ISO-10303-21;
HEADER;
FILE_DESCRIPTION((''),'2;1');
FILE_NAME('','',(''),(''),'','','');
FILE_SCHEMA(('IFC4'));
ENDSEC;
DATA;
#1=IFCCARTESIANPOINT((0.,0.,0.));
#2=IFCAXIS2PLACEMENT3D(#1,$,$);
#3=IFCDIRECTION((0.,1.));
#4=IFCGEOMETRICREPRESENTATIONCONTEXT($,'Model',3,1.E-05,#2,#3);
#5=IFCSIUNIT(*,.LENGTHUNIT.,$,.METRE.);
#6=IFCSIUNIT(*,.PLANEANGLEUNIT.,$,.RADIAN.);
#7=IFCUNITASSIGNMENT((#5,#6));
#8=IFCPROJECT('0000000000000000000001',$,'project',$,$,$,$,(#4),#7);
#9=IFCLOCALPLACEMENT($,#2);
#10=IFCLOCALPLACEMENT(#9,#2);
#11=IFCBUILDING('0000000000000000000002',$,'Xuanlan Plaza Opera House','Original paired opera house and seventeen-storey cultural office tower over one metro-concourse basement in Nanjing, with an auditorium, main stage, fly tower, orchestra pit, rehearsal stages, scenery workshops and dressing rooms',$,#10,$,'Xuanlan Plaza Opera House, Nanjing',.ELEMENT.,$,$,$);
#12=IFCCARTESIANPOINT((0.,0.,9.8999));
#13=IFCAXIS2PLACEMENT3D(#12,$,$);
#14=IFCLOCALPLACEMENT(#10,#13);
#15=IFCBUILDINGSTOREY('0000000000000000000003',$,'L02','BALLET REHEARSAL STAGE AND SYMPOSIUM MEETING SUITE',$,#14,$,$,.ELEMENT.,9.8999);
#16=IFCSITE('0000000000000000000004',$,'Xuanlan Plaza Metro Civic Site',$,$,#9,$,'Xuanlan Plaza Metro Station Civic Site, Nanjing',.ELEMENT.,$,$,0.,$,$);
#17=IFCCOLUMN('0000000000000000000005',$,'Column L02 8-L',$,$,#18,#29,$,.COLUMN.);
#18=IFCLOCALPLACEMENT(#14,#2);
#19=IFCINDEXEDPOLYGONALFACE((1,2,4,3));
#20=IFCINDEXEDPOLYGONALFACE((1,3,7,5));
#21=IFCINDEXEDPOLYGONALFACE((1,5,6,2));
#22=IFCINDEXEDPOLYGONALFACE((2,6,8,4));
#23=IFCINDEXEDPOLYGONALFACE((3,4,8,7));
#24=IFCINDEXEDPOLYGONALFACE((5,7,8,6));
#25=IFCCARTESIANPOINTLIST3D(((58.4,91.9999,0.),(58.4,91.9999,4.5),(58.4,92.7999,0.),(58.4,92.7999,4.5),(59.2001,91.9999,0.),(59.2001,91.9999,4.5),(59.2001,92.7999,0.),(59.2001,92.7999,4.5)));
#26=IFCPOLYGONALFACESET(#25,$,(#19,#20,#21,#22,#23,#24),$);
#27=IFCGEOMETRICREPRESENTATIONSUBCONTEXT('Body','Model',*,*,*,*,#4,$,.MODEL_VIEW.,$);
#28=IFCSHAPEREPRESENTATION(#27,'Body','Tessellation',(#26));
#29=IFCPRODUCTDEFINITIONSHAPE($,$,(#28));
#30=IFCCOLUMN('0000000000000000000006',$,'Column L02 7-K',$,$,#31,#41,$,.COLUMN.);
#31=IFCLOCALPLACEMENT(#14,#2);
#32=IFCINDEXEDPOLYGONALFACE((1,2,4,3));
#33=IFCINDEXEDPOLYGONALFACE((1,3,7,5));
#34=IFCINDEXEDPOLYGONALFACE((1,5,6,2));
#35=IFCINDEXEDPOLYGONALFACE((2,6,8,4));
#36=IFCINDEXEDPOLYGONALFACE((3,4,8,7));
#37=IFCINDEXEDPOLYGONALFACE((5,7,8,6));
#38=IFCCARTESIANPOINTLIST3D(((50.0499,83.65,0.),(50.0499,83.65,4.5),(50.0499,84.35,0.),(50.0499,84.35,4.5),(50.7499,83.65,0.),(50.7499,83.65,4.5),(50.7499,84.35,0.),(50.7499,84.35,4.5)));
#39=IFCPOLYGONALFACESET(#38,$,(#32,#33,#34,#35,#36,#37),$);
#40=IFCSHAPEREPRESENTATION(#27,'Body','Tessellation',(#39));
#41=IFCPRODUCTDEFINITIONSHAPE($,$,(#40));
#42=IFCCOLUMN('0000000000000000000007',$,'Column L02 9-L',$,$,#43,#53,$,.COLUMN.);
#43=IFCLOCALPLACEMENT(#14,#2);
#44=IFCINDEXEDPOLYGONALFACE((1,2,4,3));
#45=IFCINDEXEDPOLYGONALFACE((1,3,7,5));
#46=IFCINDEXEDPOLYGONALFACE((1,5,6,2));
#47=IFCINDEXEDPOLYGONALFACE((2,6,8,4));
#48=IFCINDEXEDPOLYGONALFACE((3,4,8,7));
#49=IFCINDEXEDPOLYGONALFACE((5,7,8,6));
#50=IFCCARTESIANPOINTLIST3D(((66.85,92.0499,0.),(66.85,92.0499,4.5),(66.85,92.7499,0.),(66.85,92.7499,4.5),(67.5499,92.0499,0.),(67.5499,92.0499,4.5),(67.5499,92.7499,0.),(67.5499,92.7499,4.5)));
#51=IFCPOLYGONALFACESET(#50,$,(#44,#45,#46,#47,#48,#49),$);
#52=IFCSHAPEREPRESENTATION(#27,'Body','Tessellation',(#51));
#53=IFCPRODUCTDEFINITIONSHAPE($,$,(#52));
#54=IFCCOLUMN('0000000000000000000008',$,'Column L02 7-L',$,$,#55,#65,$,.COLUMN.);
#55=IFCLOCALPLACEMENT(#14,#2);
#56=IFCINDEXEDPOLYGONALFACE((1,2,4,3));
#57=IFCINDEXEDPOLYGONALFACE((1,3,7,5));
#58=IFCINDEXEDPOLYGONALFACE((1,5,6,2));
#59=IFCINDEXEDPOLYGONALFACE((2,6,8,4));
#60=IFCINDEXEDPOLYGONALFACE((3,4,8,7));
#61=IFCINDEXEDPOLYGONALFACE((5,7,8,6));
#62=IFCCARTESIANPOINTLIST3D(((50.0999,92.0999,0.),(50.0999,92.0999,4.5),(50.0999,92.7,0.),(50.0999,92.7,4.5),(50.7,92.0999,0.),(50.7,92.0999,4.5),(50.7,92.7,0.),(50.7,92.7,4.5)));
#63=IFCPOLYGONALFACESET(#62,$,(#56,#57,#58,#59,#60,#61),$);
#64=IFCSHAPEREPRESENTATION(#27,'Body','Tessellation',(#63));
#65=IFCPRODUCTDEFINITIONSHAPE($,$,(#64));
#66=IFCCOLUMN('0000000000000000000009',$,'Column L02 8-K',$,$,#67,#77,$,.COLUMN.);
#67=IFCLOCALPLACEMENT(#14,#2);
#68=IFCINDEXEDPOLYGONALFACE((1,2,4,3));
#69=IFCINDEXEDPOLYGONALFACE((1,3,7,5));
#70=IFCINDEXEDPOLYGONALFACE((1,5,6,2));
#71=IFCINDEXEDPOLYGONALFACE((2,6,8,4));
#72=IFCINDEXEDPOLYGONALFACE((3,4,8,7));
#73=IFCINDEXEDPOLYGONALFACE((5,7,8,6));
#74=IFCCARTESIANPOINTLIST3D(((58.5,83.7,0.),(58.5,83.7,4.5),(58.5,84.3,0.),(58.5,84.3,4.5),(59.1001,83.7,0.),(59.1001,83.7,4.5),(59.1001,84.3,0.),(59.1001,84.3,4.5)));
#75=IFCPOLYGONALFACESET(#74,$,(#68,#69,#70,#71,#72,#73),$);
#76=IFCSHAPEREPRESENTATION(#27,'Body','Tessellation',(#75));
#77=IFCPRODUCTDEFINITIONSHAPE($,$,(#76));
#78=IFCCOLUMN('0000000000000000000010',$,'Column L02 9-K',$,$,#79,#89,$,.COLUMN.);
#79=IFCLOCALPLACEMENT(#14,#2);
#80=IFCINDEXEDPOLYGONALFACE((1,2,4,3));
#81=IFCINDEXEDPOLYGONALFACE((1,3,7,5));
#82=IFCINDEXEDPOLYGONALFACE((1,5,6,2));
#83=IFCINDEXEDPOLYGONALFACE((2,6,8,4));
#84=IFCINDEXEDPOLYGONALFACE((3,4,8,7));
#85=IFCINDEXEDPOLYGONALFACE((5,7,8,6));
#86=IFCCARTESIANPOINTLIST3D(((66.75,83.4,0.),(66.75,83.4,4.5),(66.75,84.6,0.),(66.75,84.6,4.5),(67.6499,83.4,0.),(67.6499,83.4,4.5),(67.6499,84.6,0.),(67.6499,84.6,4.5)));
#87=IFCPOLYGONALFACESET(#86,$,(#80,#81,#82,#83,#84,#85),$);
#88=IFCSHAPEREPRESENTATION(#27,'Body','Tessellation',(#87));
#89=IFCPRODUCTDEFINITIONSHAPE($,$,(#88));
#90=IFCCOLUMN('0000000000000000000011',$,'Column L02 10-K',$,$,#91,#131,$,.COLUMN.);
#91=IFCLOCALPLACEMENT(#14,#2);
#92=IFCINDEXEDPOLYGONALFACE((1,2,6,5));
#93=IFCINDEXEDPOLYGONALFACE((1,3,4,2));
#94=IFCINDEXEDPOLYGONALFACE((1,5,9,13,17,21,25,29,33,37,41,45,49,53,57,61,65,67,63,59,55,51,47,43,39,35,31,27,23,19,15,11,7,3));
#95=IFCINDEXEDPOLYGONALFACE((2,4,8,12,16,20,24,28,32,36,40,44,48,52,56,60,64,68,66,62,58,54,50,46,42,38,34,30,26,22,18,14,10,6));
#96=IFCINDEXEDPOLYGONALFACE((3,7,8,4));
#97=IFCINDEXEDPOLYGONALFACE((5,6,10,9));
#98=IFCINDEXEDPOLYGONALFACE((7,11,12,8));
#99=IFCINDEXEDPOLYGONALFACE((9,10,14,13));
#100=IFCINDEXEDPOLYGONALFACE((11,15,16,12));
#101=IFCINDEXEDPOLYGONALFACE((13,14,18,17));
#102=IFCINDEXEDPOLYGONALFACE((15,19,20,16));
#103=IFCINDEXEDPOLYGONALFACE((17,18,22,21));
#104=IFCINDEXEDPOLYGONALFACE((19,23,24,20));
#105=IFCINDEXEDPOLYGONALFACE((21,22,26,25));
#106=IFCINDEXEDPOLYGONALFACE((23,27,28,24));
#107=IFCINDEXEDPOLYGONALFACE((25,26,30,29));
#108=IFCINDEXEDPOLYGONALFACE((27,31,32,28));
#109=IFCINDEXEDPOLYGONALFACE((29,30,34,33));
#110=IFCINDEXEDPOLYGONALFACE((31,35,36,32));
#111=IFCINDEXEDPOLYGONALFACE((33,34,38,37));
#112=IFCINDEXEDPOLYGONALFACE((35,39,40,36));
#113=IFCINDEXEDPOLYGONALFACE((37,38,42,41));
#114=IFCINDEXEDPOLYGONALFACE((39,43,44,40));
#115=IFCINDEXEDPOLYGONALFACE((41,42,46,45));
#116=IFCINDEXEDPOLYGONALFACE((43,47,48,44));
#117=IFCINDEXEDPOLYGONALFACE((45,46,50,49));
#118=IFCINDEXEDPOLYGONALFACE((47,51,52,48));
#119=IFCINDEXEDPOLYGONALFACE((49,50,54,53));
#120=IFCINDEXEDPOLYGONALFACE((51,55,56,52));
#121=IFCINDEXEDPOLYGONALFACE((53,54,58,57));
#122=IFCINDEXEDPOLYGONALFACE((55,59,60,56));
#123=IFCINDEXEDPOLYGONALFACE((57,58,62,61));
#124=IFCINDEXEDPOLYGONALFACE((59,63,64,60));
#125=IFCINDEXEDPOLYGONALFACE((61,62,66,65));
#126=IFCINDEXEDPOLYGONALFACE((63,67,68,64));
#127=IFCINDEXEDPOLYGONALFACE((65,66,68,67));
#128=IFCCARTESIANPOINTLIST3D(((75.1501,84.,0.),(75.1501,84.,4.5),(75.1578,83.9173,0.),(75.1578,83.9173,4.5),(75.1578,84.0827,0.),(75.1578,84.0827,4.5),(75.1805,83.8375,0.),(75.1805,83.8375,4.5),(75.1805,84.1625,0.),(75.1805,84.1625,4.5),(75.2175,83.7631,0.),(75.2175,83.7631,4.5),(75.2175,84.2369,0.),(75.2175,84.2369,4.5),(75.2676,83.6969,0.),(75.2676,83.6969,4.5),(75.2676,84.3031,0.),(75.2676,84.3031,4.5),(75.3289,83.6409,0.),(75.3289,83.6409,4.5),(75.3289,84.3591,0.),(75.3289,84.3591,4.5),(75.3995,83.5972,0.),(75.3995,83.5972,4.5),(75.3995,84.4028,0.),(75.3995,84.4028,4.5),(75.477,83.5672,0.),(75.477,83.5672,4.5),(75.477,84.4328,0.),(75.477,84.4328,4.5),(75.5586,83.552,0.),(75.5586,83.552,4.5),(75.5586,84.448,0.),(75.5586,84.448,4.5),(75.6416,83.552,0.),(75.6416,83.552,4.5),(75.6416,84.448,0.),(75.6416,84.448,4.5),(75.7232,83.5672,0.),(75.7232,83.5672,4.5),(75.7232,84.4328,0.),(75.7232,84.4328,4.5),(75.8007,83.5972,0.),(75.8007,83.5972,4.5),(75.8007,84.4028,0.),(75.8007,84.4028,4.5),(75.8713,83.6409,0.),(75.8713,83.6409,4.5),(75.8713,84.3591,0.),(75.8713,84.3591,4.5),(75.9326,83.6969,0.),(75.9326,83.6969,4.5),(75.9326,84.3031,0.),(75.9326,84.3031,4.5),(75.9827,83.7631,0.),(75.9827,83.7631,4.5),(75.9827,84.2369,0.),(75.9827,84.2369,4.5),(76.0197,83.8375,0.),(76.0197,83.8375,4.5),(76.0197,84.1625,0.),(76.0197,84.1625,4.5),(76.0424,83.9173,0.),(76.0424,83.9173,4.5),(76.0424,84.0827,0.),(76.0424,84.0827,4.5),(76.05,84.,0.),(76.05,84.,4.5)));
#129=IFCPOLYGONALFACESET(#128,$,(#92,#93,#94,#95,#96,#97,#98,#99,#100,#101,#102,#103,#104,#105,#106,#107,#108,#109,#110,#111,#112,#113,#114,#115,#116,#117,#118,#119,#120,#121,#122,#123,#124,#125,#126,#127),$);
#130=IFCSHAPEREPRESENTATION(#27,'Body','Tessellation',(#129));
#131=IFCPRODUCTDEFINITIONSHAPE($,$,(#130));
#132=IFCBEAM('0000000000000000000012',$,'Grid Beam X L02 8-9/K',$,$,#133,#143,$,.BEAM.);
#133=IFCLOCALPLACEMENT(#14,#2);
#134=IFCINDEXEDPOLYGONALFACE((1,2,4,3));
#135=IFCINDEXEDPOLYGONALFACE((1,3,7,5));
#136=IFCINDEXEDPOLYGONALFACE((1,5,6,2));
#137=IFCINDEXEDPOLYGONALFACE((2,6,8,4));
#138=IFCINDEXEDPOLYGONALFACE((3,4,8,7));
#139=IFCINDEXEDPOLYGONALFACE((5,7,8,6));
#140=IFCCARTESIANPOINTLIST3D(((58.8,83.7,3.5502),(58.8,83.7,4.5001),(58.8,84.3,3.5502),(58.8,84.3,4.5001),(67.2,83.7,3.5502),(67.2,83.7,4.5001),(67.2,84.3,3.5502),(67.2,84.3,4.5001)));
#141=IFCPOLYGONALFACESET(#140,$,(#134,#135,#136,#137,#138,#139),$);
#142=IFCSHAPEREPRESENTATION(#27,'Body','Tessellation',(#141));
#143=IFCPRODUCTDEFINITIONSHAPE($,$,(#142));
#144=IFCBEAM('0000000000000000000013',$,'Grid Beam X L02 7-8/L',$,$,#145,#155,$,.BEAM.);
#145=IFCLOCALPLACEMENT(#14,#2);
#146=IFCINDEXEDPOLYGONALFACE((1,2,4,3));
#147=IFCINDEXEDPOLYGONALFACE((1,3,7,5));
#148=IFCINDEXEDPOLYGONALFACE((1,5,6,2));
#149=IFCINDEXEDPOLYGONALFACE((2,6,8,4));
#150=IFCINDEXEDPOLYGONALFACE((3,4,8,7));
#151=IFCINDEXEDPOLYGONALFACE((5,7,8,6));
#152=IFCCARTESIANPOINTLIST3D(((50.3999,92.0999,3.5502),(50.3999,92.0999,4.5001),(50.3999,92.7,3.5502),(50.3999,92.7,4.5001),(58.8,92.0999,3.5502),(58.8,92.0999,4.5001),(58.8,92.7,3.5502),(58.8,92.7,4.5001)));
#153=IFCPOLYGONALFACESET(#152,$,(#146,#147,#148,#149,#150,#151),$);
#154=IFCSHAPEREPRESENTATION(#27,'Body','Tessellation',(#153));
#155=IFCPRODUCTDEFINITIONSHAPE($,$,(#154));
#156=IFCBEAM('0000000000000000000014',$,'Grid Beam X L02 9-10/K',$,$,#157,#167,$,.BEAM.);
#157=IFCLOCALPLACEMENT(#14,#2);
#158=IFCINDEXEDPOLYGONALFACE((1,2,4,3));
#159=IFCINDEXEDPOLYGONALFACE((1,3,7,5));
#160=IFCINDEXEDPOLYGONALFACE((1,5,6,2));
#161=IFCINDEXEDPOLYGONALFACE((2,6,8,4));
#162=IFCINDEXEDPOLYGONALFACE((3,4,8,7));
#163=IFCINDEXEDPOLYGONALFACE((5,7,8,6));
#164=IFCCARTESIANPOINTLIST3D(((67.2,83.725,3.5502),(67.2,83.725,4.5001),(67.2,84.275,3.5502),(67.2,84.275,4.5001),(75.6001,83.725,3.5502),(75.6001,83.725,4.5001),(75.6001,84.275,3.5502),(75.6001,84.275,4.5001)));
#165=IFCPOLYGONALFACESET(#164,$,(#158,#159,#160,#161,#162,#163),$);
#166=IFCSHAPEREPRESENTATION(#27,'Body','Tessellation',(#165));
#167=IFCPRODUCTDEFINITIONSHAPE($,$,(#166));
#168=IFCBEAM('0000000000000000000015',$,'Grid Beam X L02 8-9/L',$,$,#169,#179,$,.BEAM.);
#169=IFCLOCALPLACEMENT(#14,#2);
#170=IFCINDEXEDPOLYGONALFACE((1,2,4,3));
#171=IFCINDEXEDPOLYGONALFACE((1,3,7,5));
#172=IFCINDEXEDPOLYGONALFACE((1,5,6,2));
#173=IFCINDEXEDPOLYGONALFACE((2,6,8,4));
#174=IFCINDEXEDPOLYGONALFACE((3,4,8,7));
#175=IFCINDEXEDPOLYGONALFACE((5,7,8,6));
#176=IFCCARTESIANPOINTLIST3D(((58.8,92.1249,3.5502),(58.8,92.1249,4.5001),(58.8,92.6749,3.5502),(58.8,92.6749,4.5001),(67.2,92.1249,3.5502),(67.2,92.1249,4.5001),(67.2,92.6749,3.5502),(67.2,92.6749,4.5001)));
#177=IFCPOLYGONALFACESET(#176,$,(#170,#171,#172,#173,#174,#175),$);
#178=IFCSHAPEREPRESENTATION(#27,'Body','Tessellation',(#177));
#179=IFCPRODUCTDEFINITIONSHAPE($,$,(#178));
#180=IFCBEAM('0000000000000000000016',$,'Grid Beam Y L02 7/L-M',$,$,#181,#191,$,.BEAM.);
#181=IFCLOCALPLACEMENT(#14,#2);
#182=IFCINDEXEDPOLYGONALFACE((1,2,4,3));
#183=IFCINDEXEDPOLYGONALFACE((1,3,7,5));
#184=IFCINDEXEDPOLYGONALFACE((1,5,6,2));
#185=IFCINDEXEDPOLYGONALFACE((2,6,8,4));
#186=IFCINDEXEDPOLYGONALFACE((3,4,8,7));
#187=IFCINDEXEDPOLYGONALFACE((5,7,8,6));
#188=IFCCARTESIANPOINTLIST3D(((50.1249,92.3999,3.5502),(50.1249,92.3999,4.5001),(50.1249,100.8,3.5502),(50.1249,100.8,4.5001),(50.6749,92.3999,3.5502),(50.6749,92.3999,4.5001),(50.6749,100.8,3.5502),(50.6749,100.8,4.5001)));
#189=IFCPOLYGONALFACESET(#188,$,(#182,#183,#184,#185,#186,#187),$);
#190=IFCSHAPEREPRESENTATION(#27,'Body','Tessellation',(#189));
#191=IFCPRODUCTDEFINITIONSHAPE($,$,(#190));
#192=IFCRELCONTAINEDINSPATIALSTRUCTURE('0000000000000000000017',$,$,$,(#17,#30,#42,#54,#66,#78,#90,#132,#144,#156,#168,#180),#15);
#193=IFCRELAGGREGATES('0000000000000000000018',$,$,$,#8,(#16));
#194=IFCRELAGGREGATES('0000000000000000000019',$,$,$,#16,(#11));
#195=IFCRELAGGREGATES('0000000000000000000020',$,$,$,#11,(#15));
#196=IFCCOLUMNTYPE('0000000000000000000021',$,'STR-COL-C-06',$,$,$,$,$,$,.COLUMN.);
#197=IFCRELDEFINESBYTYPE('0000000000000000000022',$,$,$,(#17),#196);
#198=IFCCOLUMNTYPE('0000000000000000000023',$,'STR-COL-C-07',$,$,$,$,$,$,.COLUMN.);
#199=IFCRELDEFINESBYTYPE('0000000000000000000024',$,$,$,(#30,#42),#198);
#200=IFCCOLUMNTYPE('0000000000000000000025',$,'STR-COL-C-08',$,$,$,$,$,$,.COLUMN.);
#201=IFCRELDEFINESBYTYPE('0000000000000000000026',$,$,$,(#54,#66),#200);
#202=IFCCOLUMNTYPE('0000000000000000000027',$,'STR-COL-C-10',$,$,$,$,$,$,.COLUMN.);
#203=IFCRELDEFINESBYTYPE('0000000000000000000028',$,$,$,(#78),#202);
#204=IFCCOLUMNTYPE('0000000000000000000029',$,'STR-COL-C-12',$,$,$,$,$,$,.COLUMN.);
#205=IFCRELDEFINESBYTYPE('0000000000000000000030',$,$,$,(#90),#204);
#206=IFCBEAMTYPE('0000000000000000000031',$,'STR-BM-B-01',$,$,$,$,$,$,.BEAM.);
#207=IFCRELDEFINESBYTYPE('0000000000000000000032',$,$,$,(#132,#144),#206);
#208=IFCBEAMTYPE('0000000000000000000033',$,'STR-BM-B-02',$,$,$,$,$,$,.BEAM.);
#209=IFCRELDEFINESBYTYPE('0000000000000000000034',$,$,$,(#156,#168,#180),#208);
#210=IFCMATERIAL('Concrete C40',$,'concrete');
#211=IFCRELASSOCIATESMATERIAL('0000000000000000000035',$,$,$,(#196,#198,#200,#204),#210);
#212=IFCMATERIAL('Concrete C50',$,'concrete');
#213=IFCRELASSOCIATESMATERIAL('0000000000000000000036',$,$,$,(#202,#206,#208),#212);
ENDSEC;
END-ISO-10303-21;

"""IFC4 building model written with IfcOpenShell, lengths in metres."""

from ifc_helpers import new_model, si_unit, direction, frame, origin, origin_2d, place, context, subcontext, project, spatial, rectangle, circle, extrude, material, material_profile, profile_set, type_object, element, save


model = new_model("IFC4")

# Units and contexts
model_context = context("Model", 3, precision=1e-05, world=origin(), true_north=direction((0.0, 1.0)))
body_context = subcontext(model_context, "Body", "Model", "MODEL_VIEW")
ifc_project = project(units=[si_unit("LENGTHUNIT", "METRE"), si_unit("PLANEANGLEUNIT", "RADIAN")], contexts=[model_context])

# Site, building, storey
site_placement = place(None, origin())
site = spatial("IfcSite", under=ifc_project, at=site_placement, Name="Xuanlan Plaza Metro Civic Site", LongName="Xuanlan Plaza Metro Station Civic Site, Nanjing", CompositionType="ELEMENT", RefElevation=0.0)
building_placement = place(site_placement, origin())
building = spatial("IfcBuilding", under=site, at=building_placement, Name="Xuanlan Plaza Opera House", Description="Original paired opera house and seventeen-storey cultural office tower over one metro-concourse basement in Nanjing, with an auditorium, main stage, fly tower, orchestra pit, rehearsal stages, scenery workshops and dressing rooms", LongName="Xuanlan Plaza Opera House, Nanjing", CompositionType="ELEMENT")
storey_placement = place(building_placement, frame((0.0, 0.0, 9.8999)))
storey = spatial("IfcBuildingStorey", under=building, at=storey_placement, Name="L02", Description="BALLET REHEARSAL STAGE AND SYMPOSIUM MEETING SUITE", CompositionType="ELEMENT", Elevation=9.8999)

# Columns
ifc_material_1 = material(Name="Concrete C40", Category="concrete")
ifc_material_profile_1 = material_profile(ifc_material_1, rectangle(XDim=0.8, YDim=0.8, at=origin_2d()), Name="RC-COL 800x800")
ifc_profile_set_1 = profile_set([ifc_material_profile_1], Name="Concrete C40")
column_type_1 = type_object("IfcColumnType", Name="STR-COL-C-06", PredefinedType="COLUMN", material=ifc_profile_set_1)
column_1_placement = place(storey_placement, frame((58.8, 92.3999, 0.0), z_axis=(0.0, 0.0, 1.0), x_axis=(1.0, 0.0, 0.0)))
element("IfcColumn", 1, at=column_1_placement, inside=storey, type_object=column_type_1, Name="Column L02 8-L", PredefinedType="COLUMN", context=body_context, shape_type="SweptSolid", body=[
    extrude(rectangle(XDim=0.8, YDim=0.8, at=origin_2d()), origin(), (0.0, 0.0, 1.0), 4.5),
])
ifc_material_profile_2 = material_profile(ifc_material_1, rectangle(XDim=0.7, YDim=0.7, at=origin_2d()), Name="RC-COL 700x700")
ifc_profile_set_2 = profile_set([ifc_material_profile_2], Name="Concrete C40")
column_type_2 = type_object("IfcColumnType", Name="STR-COL-C-07", PredefinedType="COLUMN", material=ifc_profile_set_2)
for number, where, z_axis, x_axis, name in (
    (2, (50.3999, 84.0, 0.0), (0.0, 0.0, 1.0), (1.0, 0.0, 0.0), "Column L02 7-K"),
    (3, (67.2, 92.3999, 0.0), (0.0, 0.0, 1.0), (1.0, 0.0, 0.0), "Column L02 9-L"),
):
    element("IfcColumn", number, at=place(storey_placement, frame(where, z_axis=z_axis, x_axis=x_axis)), inside=storey, type_object=column_type_2, Name=name, PredefinedType="COLUMN", context=body_context, shape_type="SweptSolid", body=[
        extrude(rectangle(XDim=0.7, YDim=0.7, at=origin_2d()), origin(), (0.0, 0.0, 1.0), 4.5),
    ])
ifc_material_profile_3 = material_profile(ifc_material_1, rectangle(XDim=0.6001, YDim=0.6001, at=origin_2d()), Name="RC-COL 600x600")
ifc_profile_set_3 = profile_set([ifc_material_profile_3], Name="Concrete C40")
column_type_3 = type_object("IfcColumnType", Name="STR-COL-C-08", PredefinedType="COLUMN", material=ifc_profile_set_3)
for number, where, z_axis, x_axis, name in (
    (4, (50.3999, 92.3999, 0.0), (0.0, 0.0, 1.0), (1.0, 0.0, 0.0), "Column L02 7-L"),
    (5, (58.8, 84.0, 0.0), (0.0, 0.0, 1.0), (1.0, 0.0, 0.0), "Column L02 8-K"),
):
    element("IfcColumn", number, at=place(storey_placement, frame(where, z_axis=z_axis, x_axis=x_axis)), inside=storey, type_object=column_type_3, Name=name, PredefinedType="COLUMN", context=body_context, shape_type="SweptSolid", body=[
        extrude(rectangle(XDim=0.6001, YDim=0.6001, at=origin_2d()), origin(), (0.0, 0.0, 1.0), 4.5),
    ])
ifc_material_2 = material(Name="Concrete C50", Category="concrete")
ifc_material_profile_4 = material_profile(ifc_material_2, rectangle(XDim=0.8999, YDim=1.2, at=origin_2d()), Name="RC-COL 900x1200")
ifc_profile_set_4 = profile_set([ifc_material_profile_4], Name="Concrete C50")
column_type_4 = type_object("IfcColumnType", Name="STR-COL-C-10", PredefinedType="COLUMN", material=ifc_profile_set_4)
column_2_placement = place(storey_placement, frame((67.2, 84.0, 0.0), z_axis=(0.0, 0.0, 1.0), x_axis=(1.0, 0.0, 0.0)))
element("IfcColumn", 6, at=column_2_placement, inside=storey, type_object=column_type_4, Name="Column L02 9-K", PredefinedType="COLUMN", context=body_context, shape_type="SweptSolid", body=[
    extrude(rectangle(XDim=0.8999, YDim=1.2, at=origin_2d()), origin(), (0.0, 0.0, 1.0), 4.5),
])
ifc_material_profile_5 = material_profile(ifc_material_1, circle(Radius=0.45, at=origin_2d()), Name="RC-COL D900")
ifc_profile_set_5 = profile_set([ifc_material_profile_5], Name="Concrete C40")
column_type_5 = type_object("IfcColumnType", Name="STR-COL-C-12", PredefinedType="COLUMN", material=ifc_profile_set_5)
column_3_placement = place(storey_placement, frame((75.6001, 84.0, 0.0), z_axis=(0.0, 0.0, 1.0), x_axis=(1.0, 0.0, 0.0)))
element("IfcColumn", 7, at=column_3_placement, inside=storey, type_object=column_type_5, Name="Column L02 10-K", PredefinedType="COLUMN", context=body_context, shape_type="SweptSolid", body=[
    extrude(circle(Radius=0.45, at=origin_2d()), origin(), (0.0, 0.0, 1.0), 4.5),
])

# Beams
ifc_material_profile_6 = material_profile(ifc_material_2, rectangle(XDim=0.6001, YDim=0.95, at=origin_2d()), Name="RC-BM 600x950")
ifc_profile_set_6 = profile_set([ifc_material_profile_6], Name="Concrete C50")
beam_type_1 = type_object("IfcBeamType", Name="STR-BM-B-01", PredefinedType="BEAM", material=ifc_profile_set_6)
beam_1_placement = place(storey_placement, frame((58.8, 84.0, 4.0251), z_axis=(1.0, 0.0, 0.0), x_axis=(0.0, 1.0, 0.0)))
element("IfcBeam", 8, at=beam_1_placement, inside=storey, type_object=beam_type_1, Name="Grid Beam X L02 8-9/K", PredefinedType="BEAM", context=body_context, shape_type="SweptSolid", body=[
    extrude(rectangle(XDim=0.6001, YDim=0.95, at=origin_2d()), origin(), (0.0, 0.0, 1.0), 8.3999),
])
beam_2_placement = place(storey_placement, frame((50.3999, 92.3999, 4.0251), z_axis=(1.0, 0.0, 0.0), x_axis=(0.0, 1.0, 0.0)))
element("IfcBeam", 9, at=beam_2_placement, inside=storey, type_object=beam_type_1, Name="Grid Beam X L02 7-8/L", PredefinedType="BEAM", context=body_context, shape_type="SweptSolid", body=[
    extrude(rectangle(XDim=0.6001, YDim=0.95, at=origin_2d()), origin(), (0.0, 0.0, 1.0), 8.4001),
])
ifc_material_profile_7 = material_profile(ifc_material_2, rectangle(XDim=0.55, YDim=0.95, at=origin_2d()), Name="RC-BM 550x950")
ifc_profile_set_7 = profile_set([ifc_material_profile_7], Name="Concrete C50")
beam_type_2 = type_object("IfcBeamType", Name="STR-BM-B-02", PredefinedType="BEAM", material=ifc_profile_set_7)
beam_3_placement = place(storey_placement, frame((67.2, 84.0, 4.0251), z_axis=(1.0, 0.0, 0.0), x_axis=(0.0, 1.0, 0.0)))
element("IfcBeam", 10, at=beam_3_placement, inside=storey, type_object=beam_type_2, Name="Grid Beam X L02 9-10/K", PredefinedType="BEAM", context=body_context, shape_type="SweptSolid", body=[
    extrude(rectangle(XDim=0.55, YDim=0.95, at=origin_2d()), origin(), (0.0, 0.0, 1.0), 8.4001),
])
beam_4_placement = place(storey_placement, frame((58.8, 92.3999, 4.0251), z_axis=(1.0, 0.0, 0.0), x_axis=(0.0, 1.0, 0.0)))
element("IfcBeam", 11, at=beam_4_placement, inside=storey, type_object=beam_type_2, Name="Grid Beam X L02 8-9/L", PredefinedType="BEAM", context=body_context, shape_type="SweptSolid", body=[
    extrude(rectangle(XDim=0.55, YDim=0.95, at=origin_2d()), origin(), (0.0, 0.0, 1.0), 8.3999),
])
beam_5_placement = place(storey_placement, frame((50.3999, 92.3999, 4.0251), z_axis=(0.0, 1.0, 0.0), x_axis=(-1.0, 0.0, 0.0)))
element("IfcBeam", 12, at=beam_5_placement, inside=storey, type_object=beam_type_2, Name="Grid Beam Y L02 7/L-M", PredefinedType="BEAM", context=body_context, shape_type="SweptSolid", body=[
    extrude(rectangle(XDim=0.55, YDim=0.95, at=origin_2d()), origin(), (0.0, 0.0, 1.0), 8.4001),
])

save(model, "model.ifc")
